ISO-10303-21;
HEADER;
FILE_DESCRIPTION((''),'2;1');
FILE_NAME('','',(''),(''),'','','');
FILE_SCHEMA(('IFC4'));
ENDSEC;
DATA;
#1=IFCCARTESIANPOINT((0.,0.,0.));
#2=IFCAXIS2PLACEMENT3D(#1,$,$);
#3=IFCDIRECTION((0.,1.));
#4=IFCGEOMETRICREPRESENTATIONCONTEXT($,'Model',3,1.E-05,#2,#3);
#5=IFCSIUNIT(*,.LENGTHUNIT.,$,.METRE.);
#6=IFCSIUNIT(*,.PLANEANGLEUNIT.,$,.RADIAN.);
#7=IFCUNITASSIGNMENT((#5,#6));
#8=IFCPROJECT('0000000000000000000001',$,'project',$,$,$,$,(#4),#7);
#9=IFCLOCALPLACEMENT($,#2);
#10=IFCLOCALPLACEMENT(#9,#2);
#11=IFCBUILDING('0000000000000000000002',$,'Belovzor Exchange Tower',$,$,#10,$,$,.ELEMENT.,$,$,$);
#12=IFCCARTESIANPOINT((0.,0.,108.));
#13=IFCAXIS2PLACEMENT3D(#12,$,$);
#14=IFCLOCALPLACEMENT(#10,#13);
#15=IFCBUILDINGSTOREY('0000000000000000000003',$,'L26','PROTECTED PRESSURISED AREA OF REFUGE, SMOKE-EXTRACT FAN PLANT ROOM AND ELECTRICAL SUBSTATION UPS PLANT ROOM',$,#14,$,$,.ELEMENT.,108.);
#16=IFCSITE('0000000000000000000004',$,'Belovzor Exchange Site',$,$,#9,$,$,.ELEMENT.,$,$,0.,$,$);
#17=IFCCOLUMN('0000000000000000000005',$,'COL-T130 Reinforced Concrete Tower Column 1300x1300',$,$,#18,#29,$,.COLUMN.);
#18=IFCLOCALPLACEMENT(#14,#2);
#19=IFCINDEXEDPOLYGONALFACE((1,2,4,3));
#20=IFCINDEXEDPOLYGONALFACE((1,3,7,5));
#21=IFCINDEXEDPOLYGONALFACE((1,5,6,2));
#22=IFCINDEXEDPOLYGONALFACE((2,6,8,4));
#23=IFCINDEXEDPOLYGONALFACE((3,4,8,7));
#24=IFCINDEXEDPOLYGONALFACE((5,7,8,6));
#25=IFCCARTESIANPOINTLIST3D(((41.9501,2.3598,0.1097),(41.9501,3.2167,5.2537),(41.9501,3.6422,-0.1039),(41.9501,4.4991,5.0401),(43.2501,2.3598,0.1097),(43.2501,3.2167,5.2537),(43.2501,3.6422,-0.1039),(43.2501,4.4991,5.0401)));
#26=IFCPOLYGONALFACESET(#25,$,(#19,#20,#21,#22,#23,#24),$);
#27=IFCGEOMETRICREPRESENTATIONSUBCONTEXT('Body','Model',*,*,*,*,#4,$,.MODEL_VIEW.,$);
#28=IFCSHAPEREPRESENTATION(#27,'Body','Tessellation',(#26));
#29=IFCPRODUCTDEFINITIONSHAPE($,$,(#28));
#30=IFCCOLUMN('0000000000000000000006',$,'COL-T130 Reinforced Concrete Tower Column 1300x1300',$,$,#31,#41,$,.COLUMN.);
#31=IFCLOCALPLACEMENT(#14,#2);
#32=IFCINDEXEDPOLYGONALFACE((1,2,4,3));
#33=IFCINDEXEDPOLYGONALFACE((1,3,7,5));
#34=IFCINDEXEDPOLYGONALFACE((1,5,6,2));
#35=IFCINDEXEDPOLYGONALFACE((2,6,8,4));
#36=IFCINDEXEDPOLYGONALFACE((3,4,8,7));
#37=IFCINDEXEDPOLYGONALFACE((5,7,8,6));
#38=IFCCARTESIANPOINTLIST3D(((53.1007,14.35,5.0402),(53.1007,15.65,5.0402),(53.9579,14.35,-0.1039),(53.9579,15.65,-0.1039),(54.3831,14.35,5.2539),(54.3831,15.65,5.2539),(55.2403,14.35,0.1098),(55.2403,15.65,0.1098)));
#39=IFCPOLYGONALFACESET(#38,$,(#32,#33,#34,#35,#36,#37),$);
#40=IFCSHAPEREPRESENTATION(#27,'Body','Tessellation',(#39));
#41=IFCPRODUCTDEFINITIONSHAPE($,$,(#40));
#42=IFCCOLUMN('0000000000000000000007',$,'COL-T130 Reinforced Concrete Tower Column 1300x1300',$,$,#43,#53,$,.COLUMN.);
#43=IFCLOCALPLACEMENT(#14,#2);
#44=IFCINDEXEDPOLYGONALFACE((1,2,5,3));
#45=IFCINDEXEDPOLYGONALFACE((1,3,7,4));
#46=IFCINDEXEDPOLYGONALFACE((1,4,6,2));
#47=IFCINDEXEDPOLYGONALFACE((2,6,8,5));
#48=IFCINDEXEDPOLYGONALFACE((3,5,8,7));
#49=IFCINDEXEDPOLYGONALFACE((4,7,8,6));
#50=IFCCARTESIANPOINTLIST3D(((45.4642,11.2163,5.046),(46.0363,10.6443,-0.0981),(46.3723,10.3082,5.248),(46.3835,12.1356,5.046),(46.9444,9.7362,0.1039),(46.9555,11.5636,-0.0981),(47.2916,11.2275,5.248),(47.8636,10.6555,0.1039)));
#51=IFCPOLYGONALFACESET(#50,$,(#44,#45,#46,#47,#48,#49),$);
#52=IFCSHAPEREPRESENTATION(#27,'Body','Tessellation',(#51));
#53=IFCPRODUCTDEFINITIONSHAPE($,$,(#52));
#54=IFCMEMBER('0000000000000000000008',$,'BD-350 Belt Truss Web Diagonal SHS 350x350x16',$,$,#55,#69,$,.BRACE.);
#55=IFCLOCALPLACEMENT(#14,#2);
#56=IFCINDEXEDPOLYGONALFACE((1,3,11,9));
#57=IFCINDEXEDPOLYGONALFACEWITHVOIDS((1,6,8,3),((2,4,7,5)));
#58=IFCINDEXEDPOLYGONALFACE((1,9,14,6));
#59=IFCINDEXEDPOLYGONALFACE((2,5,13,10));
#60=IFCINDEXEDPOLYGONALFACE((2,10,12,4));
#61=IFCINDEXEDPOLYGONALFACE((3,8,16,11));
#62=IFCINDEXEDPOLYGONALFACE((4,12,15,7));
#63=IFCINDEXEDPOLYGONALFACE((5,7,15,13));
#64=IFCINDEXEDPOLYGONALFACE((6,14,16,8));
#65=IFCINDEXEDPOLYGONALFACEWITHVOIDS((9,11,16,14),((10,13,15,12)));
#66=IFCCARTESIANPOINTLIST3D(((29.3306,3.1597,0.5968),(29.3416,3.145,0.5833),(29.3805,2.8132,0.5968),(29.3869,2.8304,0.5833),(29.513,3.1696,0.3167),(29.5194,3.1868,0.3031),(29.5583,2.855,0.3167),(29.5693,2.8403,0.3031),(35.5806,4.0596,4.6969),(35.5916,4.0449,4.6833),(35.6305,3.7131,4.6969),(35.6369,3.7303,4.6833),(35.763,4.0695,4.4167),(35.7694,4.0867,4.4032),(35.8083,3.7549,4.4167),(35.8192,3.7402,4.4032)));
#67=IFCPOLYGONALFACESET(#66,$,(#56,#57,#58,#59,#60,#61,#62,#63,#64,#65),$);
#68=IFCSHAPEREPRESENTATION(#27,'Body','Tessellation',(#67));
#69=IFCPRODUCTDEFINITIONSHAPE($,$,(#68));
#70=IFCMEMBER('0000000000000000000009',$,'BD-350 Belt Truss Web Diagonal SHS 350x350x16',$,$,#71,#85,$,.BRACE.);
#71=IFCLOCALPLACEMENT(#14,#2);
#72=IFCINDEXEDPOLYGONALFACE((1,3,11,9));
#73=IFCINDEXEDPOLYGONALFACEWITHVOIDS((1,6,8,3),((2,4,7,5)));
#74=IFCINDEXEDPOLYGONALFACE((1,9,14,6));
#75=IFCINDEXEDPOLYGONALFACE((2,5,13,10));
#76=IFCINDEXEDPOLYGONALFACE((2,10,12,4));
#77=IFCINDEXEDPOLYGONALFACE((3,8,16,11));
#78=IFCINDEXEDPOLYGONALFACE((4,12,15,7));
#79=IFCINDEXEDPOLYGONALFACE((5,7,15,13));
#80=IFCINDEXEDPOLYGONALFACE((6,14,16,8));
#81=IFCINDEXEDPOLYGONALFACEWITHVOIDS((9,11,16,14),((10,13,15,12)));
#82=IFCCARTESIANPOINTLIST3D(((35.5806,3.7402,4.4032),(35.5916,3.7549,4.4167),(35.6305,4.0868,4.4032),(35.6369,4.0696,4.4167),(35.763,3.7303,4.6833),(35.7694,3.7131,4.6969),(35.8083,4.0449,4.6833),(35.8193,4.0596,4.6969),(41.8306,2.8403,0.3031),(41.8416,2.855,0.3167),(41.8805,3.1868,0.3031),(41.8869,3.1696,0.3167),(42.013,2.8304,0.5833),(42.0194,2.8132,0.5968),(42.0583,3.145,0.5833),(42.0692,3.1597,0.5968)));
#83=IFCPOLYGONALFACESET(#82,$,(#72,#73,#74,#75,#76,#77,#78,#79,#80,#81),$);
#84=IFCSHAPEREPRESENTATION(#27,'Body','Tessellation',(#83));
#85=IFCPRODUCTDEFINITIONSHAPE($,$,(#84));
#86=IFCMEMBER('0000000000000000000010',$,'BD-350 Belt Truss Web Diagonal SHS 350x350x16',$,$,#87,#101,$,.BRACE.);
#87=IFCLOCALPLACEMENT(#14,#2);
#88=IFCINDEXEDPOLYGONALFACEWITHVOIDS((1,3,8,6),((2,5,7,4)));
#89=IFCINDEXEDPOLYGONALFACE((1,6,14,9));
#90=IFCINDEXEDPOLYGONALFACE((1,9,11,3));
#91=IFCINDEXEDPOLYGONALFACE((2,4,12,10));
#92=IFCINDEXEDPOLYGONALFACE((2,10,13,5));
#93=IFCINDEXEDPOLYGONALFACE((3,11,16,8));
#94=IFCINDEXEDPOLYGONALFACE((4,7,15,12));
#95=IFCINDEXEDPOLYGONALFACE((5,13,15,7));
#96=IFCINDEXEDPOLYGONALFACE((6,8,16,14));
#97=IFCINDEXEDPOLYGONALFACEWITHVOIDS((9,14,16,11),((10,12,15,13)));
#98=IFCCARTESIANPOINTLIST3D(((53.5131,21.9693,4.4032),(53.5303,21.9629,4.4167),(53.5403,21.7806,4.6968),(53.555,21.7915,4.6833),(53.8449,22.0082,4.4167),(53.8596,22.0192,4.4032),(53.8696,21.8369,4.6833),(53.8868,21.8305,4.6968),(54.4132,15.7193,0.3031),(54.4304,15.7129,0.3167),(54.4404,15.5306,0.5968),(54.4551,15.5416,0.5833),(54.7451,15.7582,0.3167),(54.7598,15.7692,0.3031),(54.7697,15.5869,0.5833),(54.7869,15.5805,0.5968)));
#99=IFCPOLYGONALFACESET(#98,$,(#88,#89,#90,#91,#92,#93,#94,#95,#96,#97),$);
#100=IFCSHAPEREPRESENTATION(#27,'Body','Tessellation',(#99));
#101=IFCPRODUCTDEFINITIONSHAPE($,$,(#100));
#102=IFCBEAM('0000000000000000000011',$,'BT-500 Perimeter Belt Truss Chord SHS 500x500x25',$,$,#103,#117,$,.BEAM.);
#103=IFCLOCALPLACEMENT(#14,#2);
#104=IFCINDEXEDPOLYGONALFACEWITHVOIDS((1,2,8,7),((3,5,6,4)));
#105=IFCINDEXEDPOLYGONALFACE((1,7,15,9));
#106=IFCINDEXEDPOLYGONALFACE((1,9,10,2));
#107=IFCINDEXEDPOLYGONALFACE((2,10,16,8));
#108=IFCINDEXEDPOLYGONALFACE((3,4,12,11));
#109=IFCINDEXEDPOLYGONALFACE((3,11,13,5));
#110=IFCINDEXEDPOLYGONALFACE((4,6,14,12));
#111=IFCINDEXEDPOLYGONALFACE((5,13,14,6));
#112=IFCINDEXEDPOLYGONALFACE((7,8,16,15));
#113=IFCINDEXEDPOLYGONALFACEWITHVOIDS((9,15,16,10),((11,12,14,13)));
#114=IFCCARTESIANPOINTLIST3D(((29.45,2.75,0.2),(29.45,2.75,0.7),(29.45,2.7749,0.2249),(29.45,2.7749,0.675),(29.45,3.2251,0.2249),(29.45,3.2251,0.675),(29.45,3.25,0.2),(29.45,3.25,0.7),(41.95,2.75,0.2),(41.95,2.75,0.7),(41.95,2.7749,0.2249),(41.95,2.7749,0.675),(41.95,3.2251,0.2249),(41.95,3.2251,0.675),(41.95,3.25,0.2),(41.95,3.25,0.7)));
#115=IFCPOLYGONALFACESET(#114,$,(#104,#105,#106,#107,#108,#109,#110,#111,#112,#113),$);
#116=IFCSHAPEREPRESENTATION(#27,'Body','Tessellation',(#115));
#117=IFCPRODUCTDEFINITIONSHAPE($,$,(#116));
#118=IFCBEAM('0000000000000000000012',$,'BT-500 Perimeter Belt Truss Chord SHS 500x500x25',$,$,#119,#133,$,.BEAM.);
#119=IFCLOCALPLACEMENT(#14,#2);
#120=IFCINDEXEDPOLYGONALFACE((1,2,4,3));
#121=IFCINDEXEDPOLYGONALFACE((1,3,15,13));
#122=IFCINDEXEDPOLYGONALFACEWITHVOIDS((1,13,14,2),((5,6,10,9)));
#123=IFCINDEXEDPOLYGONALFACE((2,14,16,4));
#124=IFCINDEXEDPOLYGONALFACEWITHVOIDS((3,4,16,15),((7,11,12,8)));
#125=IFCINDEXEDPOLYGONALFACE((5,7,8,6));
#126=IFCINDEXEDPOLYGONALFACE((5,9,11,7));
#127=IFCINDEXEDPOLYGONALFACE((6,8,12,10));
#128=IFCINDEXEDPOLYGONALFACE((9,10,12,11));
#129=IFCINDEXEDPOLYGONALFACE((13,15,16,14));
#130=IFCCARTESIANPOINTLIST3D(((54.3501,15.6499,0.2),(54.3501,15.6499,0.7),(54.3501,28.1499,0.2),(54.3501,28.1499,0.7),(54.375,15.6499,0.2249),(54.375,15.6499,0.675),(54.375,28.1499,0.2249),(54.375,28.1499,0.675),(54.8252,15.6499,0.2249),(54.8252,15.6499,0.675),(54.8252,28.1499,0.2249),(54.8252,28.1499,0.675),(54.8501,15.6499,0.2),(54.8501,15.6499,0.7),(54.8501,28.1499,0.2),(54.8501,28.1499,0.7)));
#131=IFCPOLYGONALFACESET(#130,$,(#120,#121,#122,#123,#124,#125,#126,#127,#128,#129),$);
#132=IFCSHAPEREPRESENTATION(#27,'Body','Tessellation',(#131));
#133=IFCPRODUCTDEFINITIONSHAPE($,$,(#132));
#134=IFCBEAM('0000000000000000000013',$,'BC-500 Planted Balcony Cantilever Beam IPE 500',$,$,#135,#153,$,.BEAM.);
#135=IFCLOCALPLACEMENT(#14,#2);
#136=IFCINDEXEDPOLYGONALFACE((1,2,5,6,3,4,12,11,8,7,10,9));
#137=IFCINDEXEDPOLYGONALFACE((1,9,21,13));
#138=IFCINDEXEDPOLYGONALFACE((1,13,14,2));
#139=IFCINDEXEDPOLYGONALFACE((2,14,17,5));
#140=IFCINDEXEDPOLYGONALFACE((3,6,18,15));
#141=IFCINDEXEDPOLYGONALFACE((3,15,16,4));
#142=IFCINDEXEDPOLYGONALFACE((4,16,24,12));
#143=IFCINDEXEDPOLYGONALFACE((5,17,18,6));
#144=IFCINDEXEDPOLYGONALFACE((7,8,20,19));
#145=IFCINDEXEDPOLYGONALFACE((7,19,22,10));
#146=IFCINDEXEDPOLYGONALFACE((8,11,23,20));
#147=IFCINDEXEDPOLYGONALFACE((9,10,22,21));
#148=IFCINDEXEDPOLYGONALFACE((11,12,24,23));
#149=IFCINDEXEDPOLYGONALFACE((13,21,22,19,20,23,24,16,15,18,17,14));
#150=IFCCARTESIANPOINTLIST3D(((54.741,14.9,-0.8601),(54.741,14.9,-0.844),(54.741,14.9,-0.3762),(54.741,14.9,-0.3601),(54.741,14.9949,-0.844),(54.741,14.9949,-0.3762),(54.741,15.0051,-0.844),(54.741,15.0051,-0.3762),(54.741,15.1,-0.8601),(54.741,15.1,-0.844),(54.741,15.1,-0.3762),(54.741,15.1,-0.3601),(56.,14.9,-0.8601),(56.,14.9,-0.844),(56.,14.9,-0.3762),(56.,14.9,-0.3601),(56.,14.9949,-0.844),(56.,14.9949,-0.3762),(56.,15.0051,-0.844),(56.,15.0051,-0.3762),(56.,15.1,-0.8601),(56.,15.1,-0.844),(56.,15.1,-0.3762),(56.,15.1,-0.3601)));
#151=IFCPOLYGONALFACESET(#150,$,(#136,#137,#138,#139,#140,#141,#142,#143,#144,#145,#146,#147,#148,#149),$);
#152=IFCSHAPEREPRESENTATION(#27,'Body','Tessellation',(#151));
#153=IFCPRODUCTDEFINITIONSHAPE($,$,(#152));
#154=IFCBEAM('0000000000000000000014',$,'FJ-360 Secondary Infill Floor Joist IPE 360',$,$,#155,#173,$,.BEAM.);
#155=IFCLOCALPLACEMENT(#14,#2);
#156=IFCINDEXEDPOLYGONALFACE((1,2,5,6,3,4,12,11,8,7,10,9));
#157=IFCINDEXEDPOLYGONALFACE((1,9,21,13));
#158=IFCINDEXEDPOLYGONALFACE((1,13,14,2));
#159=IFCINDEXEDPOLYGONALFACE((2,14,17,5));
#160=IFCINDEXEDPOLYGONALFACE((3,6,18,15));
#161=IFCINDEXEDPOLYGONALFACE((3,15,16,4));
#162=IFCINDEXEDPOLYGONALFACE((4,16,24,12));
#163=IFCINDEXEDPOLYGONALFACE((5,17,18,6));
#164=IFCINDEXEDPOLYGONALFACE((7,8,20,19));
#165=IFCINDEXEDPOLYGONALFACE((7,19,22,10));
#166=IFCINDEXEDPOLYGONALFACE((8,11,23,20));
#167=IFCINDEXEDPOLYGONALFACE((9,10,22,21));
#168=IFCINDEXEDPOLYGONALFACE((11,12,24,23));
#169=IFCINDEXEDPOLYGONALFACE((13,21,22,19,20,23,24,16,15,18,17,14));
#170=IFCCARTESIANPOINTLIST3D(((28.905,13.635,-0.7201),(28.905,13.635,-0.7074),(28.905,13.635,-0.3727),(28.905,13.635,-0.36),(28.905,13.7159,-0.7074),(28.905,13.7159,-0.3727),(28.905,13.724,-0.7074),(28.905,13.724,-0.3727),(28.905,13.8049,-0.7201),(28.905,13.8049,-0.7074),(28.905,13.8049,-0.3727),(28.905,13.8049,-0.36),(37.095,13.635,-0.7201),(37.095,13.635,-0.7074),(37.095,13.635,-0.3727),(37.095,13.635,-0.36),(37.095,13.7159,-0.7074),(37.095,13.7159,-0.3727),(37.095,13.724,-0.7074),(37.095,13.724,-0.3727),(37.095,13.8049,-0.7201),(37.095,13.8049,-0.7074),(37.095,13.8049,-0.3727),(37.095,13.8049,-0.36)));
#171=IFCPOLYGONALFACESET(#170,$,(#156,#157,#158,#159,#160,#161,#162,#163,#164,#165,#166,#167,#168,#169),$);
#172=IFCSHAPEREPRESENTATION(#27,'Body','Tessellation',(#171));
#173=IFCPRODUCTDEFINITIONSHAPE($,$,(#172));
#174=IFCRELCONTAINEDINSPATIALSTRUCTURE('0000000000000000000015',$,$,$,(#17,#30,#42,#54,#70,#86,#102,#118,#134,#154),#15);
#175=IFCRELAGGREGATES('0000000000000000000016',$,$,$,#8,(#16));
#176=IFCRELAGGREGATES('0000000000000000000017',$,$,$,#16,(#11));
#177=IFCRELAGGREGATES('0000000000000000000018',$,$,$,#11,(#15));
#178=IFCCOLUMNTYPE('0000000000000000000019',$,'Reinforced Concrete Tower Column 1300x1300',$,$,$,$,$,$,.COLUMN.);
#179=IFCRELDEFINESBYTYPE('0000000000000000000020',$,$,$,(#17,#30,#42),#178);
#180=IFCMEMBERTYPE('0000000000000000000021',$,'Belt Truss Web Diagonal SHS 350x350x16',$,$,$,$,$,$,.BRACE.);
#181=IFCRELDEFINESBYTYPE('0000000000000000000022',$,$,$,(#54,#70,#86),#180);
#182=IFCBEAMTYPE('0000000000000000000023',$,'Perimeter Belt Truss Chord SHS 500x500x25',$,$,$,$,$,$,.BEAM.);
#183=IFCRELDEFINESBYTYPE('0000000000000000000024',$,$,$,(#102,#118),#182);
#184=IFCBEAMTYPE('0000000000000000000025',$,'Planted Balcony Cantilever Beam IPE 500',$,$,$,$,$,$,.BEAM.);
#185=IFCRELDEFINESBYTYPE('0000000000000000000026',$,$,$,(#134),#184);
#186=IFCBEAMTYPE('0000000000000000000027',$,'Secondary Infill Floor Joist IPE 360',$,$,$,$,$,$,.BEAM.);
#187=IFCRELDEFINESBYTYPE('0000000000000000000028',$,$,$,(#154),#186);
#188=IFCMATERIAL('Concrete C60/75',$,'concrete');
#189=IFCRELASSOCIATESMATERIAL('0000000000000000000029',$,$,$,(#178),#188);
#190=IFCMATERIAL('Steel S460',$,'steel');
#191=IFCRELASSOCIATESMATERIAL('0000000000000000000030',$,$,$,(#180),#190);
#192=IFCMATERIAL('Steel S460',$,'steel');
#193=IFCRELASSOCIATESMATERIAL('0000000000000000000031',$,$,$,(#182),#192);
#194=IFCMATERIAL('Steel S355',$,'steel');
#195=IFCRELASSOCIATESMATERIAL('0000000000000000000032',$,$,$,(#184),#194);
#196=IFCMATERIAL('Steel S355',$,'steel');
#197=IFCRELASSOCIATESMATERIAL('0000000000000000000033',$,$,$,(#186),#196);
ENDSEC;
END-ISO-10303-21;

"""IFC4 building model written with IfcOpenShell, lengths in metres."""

from ifc_helpers import new_model, si_unit, direction, frame, origin, origin_2d, place, context, subcontext, project, spatial, rectangle, hollow_rectangle, i_section, extrude, material, material_profile, profile_set, type_object, element, save


model = new_model("IFC4")

# Units and contexts
model_context = context("Model", 3, precision=1e-05, world=origin(), true_north=direction((0.0, 1.0)))
body_context = subcontext(model_context, "Body", "Model", "MODEL_VIEW")
ifc_project = project(units=[si_unit("LENGTHUNIT", "METRE"), si_unit("PLANEANGLEUNIT", "RADIAN")], contexts=[model_context])

# Site, building, storey
site_placement = place(None, origin())
site = spatial("IfcSite", under=ifc_project, at=site_placement, Name="Belovzor Exchange Site", CompositionType="ELEMENT", RefElevation=0.0)
building_placement = place(site_placement, origin())
building = spatial("IfcBuilding", under=site, at=building_placement, Name="Belovzor Exchange Tower", CompositionType="ELEMENT")
storey_placement = place(building_placement, frame((0.0, 0.0, 108.0)))
storey = spatial("IfcBuildingStorey", under=building, at=storey_placement, Name="L26", Description="PROTECTED PRESSURISED AREA OF REFUGE, SMOKE-EXTRACT FAN PLANT ROOM AND ELECTRICAL SUBSTATION UPS PLANT ROOM", CompositionType="ELEMENT", Elevation=108.0)

# Columns
ifc_material_1 = material(Name="Concrete C60/75", Category="concrete")
ifc_material_profile_1 = material_profile(ifc_material_1, rectangle(XDim=1.3, YDim=1.3, at=origin_2d()))
ifc_profile_set_1 = profile_set([ifc_material_profile_1], Name="Concrete C60/75")
column_type = type_object("IfcColumnType", Name="Reinforced Concrete Tower Column 1300x1300", PredefinedType="COLUMN", material=ifc_profile_set_1)
column_1_placement = place(storey_placement, frame((42.6001, 3.001, 0.0029), z_axis=(0.0, 0.164323, 0.986407), x_axis=(-1.0, 0.0, 0.0)))
element("IfcColumn", 1, at=column_1_placement, inside=storey, type_object=column_type, Name="COL-T130 Reinforced Concrete Tower Column 1300x1300", PredefinedType="COLUMN", context=body_context, shape_type="SweptSolid", body=[
    extrude(rectangle(XDim=1.3, YDim=1.3, at=origin_2d()), origin(), (0.0, 0.0, 1.0), 5.2148),
])
column_2_placement = place(storey_placement, frame((54.5991, 15.0, 0.0029), z_axis=(-0.164369, 0.0, 0.986399), x_axis=(0.0, -1.0, 0.0)))
element("IfcColumn", 2, at=column_2_placement, inside=storey, type_object=column_type, Name="COL-T130 Reinforced Concrete Tower Column 1300x1300", PredefinedType="COLUMN", context=body_context, shape_type="SweptSolid", body=[
    extrude(rectangle(XDim=1.3, YDim=1.3, at=origin_2d()), origin(), (0.0, 0.0, 1.0), 5.2151),
])
column_3_placement = place(storey_placement, frame((46.95, 10.6499, 0.0029), z_axis=(-0.109851, 0.109851, 0.987859), x_axis=(-0.707107, -0.707107, 0.0)))
element("IfcColumn", 3, at=column_3_placement, inside=storey, type_object=column_type, Name="COL-T130 Reinforced Concrete Tower Column 1300x1300", PredefinedType="COLUMN", context=body_context, shape_type="SweptSolid", body=[
    extrude(rectangle(XDim=1.3, YDim=1.3, at=origin_2d()), origin(), (0.0, 0.0, 1.0), 5.2073),
])

# Members
ifc_material_2 = material(Name="Steel S460", Category="steel")
ifc_material_profile_2 = material_profile(ifc_material_2, hollow_rectangle(XDim=0.3501, YDim=0.3501, WallThickness=0.0161, at=origin_2d()))
ifc_profile_set_2 = profile_set([ifc_material_profile_2], Name="Steel S460")
member_type_1 = type_object("IfcMemberType", Name="Belt Truss Web Diagonal SHS 350x350x16", PredefinedType="BRACE", material=ifc_profile_set_2)
for number, where, z_axis, x_axis, name in (
    (4, (29.45, 3.0, 0.45), (0.830143, 0.119528, 0.544587), (-0.142515, 0.989793, 0.0), "BD-350 Belt Truss Web Diagonal SHS 350x350x16"),
    (5, (35.7, 3.8999, 4.55), (0.830143, -0.119528, -0.544587), (0.142515, 0.989793, 0.0), "BD-350 Belt Truss Web Diagonal SHS 350x350x16"),
    (6, (54.6001, 15.6499, 0.45), (-0.11956, 0.83014, 0.544585), (-0.989787, -0.142553, 0.0), "BD-350 Belt Truss Web Diagonal SHS 350x350x16"),
):
    element("IfcMember", number, at=place(storey_placement, frame(where, z_axis=z_axis, x_axis=x_axis)), inside=storey, type_object=member_type_1, Name=name, PredefinedType="BRACE", context=body_context, shape_type="SweptSolid", body=[
        extrude(hollow_rectangle(XDim=0.3501, YDim=0.3501, WallThickness=0.0161, at=origin_2d()), origin(), (0.0, 0.0, 1.0), 7.5288),
    ])

# Beams
ifc_material_3 = material(Name="Steel S460", Category="steel")
ifc_material_profile_3 = material_profile(ifc_material_3, hollow_rectangle(XDim=0.5, YDim=0.5, WallThickness=0.0249, at=origin_2d()))
ifc_profile_set_3 = profile_set([ifc_material_profile_3], Name="Steel S460")
beam_type_1 = type_object("IfcBeamType", Name="Perimeter Belt Truss Chord SHS 500x500x25", PredefinedType="BEAM", material=ifc_profile_set_3)
for number, where, z_axis, x_axis, name in (
    (7, (29.45, 3.0, 0.45), (1.0, 0.0, 0.0), (0.0, 1.0, 0.0), "BT-500 Perimeter Belt Truss Chord SHS 500x500x25"),
    (8, (54.6001, 15.6499, 0.45), (0.0, 1.0, 0.0), (-1.0, 0.0, 0.0), "BT-500 Perimeter Belt Truss Chord SHS 500x500x25"),
):
    element("IfcBeam", number, at=place(storey_placement, frame(where, z_axis=z_axis, x_axis=x_axis)), inside=storey, type_object=beam_type_1, Name=name, PredefinedType="BEAM", context=body_context, shape_type="SweptSolid", body=[
        extrude(hollow_rectangle(XDim=0.5, YDim=0.5, WallThickness=0.0249, at=origin_2d()), origin(), (0.0, 0.0, 1.0), 12.5),
    ])
ifc_material_4 = material(Name="Steel S355", Category="steel")
ifc_material_profile_4 = material_profile(ifc_material_4, i_section(OverallWidth=0.2, OverallDepth=0.5, WebThickness=0.0103, FlangeThickness=0.0161, at=origin_2d()))
ifc_profile_set_4 = profile_set([ifc_material_profile_4], Name="Steel S355")
beam_type_2 = type_object("IfcBeamType", Name="Planted Balcony Cantilever Beam IPE 500", PredefinedType="BEAM", material=ifc_profile_set_4)
beam_1_placement = place(storey_placement, frame((54.741, 15.0, -0.6101), z_axis=(1.0, 0.0, 0.0), x_axis=(0.0, 1.0, 0.0)))
element("IfcBeam", 9, at=beam_1_placement, inside=storey, type_object=beam_type_2, Name="BC-500 Planted Balcony Cantilever Beam IPE 500", PredefinedType="BEAM", context=body_context, shape_type="SweptSolid", body=[
    extrude(i_section(OverallWidth=0.2, OverallDepth=0.5, WebThickness=0.0103, FlangeThickness=0.0161, at=origin_2d()), origin(), (0.0, 0.0, 1.0), 1.259),
])
ifc_material_5 = material(Name="Steel S355", Category="steel")
ifc_material_profile_5 = material_profile(ifc_material_5, i_section(OverallWidth=0.1699, OverallDepth=0.3601, WebThickness=0.0081, FlangeThickness=0.0127, at=origin_2d()))
ifc_profile_set_5 = profile_set([ifc_material_profile_5], Name="Steel S355")
beam_type_3 = type_object("IfcBeamType", Name="Secondary Infill Floor Joist IPE 360", PredefinedType="BEAM", material=ifc_profile_set_5)
beam_2_placement = place(storey_placement, frame((28.905, 13.72, -0.54), z_axis=(1.0, 0.0, 0.0), x_axis=(0.0, 1.0, 0.0)))
element("IfcBeam", 10, at=beam_2_placement, inside=storey, type_object=beam_type_3, Name="FJ-360 Secondary Infill Floor Joist IPE 360", PredefinedType="BEAM", context=body_context, shape_type="SweptSolid", body=[
    extrude(i_section(OverallWidth=0.1699, OverallDepth=0.3601, WebThickness=0.0081, FlangeThickness=0.0127, at=origin_2d()), origin(), (0.0, 0.0, 1.0), 8.1899),
])

save(model, "model.ifc")
